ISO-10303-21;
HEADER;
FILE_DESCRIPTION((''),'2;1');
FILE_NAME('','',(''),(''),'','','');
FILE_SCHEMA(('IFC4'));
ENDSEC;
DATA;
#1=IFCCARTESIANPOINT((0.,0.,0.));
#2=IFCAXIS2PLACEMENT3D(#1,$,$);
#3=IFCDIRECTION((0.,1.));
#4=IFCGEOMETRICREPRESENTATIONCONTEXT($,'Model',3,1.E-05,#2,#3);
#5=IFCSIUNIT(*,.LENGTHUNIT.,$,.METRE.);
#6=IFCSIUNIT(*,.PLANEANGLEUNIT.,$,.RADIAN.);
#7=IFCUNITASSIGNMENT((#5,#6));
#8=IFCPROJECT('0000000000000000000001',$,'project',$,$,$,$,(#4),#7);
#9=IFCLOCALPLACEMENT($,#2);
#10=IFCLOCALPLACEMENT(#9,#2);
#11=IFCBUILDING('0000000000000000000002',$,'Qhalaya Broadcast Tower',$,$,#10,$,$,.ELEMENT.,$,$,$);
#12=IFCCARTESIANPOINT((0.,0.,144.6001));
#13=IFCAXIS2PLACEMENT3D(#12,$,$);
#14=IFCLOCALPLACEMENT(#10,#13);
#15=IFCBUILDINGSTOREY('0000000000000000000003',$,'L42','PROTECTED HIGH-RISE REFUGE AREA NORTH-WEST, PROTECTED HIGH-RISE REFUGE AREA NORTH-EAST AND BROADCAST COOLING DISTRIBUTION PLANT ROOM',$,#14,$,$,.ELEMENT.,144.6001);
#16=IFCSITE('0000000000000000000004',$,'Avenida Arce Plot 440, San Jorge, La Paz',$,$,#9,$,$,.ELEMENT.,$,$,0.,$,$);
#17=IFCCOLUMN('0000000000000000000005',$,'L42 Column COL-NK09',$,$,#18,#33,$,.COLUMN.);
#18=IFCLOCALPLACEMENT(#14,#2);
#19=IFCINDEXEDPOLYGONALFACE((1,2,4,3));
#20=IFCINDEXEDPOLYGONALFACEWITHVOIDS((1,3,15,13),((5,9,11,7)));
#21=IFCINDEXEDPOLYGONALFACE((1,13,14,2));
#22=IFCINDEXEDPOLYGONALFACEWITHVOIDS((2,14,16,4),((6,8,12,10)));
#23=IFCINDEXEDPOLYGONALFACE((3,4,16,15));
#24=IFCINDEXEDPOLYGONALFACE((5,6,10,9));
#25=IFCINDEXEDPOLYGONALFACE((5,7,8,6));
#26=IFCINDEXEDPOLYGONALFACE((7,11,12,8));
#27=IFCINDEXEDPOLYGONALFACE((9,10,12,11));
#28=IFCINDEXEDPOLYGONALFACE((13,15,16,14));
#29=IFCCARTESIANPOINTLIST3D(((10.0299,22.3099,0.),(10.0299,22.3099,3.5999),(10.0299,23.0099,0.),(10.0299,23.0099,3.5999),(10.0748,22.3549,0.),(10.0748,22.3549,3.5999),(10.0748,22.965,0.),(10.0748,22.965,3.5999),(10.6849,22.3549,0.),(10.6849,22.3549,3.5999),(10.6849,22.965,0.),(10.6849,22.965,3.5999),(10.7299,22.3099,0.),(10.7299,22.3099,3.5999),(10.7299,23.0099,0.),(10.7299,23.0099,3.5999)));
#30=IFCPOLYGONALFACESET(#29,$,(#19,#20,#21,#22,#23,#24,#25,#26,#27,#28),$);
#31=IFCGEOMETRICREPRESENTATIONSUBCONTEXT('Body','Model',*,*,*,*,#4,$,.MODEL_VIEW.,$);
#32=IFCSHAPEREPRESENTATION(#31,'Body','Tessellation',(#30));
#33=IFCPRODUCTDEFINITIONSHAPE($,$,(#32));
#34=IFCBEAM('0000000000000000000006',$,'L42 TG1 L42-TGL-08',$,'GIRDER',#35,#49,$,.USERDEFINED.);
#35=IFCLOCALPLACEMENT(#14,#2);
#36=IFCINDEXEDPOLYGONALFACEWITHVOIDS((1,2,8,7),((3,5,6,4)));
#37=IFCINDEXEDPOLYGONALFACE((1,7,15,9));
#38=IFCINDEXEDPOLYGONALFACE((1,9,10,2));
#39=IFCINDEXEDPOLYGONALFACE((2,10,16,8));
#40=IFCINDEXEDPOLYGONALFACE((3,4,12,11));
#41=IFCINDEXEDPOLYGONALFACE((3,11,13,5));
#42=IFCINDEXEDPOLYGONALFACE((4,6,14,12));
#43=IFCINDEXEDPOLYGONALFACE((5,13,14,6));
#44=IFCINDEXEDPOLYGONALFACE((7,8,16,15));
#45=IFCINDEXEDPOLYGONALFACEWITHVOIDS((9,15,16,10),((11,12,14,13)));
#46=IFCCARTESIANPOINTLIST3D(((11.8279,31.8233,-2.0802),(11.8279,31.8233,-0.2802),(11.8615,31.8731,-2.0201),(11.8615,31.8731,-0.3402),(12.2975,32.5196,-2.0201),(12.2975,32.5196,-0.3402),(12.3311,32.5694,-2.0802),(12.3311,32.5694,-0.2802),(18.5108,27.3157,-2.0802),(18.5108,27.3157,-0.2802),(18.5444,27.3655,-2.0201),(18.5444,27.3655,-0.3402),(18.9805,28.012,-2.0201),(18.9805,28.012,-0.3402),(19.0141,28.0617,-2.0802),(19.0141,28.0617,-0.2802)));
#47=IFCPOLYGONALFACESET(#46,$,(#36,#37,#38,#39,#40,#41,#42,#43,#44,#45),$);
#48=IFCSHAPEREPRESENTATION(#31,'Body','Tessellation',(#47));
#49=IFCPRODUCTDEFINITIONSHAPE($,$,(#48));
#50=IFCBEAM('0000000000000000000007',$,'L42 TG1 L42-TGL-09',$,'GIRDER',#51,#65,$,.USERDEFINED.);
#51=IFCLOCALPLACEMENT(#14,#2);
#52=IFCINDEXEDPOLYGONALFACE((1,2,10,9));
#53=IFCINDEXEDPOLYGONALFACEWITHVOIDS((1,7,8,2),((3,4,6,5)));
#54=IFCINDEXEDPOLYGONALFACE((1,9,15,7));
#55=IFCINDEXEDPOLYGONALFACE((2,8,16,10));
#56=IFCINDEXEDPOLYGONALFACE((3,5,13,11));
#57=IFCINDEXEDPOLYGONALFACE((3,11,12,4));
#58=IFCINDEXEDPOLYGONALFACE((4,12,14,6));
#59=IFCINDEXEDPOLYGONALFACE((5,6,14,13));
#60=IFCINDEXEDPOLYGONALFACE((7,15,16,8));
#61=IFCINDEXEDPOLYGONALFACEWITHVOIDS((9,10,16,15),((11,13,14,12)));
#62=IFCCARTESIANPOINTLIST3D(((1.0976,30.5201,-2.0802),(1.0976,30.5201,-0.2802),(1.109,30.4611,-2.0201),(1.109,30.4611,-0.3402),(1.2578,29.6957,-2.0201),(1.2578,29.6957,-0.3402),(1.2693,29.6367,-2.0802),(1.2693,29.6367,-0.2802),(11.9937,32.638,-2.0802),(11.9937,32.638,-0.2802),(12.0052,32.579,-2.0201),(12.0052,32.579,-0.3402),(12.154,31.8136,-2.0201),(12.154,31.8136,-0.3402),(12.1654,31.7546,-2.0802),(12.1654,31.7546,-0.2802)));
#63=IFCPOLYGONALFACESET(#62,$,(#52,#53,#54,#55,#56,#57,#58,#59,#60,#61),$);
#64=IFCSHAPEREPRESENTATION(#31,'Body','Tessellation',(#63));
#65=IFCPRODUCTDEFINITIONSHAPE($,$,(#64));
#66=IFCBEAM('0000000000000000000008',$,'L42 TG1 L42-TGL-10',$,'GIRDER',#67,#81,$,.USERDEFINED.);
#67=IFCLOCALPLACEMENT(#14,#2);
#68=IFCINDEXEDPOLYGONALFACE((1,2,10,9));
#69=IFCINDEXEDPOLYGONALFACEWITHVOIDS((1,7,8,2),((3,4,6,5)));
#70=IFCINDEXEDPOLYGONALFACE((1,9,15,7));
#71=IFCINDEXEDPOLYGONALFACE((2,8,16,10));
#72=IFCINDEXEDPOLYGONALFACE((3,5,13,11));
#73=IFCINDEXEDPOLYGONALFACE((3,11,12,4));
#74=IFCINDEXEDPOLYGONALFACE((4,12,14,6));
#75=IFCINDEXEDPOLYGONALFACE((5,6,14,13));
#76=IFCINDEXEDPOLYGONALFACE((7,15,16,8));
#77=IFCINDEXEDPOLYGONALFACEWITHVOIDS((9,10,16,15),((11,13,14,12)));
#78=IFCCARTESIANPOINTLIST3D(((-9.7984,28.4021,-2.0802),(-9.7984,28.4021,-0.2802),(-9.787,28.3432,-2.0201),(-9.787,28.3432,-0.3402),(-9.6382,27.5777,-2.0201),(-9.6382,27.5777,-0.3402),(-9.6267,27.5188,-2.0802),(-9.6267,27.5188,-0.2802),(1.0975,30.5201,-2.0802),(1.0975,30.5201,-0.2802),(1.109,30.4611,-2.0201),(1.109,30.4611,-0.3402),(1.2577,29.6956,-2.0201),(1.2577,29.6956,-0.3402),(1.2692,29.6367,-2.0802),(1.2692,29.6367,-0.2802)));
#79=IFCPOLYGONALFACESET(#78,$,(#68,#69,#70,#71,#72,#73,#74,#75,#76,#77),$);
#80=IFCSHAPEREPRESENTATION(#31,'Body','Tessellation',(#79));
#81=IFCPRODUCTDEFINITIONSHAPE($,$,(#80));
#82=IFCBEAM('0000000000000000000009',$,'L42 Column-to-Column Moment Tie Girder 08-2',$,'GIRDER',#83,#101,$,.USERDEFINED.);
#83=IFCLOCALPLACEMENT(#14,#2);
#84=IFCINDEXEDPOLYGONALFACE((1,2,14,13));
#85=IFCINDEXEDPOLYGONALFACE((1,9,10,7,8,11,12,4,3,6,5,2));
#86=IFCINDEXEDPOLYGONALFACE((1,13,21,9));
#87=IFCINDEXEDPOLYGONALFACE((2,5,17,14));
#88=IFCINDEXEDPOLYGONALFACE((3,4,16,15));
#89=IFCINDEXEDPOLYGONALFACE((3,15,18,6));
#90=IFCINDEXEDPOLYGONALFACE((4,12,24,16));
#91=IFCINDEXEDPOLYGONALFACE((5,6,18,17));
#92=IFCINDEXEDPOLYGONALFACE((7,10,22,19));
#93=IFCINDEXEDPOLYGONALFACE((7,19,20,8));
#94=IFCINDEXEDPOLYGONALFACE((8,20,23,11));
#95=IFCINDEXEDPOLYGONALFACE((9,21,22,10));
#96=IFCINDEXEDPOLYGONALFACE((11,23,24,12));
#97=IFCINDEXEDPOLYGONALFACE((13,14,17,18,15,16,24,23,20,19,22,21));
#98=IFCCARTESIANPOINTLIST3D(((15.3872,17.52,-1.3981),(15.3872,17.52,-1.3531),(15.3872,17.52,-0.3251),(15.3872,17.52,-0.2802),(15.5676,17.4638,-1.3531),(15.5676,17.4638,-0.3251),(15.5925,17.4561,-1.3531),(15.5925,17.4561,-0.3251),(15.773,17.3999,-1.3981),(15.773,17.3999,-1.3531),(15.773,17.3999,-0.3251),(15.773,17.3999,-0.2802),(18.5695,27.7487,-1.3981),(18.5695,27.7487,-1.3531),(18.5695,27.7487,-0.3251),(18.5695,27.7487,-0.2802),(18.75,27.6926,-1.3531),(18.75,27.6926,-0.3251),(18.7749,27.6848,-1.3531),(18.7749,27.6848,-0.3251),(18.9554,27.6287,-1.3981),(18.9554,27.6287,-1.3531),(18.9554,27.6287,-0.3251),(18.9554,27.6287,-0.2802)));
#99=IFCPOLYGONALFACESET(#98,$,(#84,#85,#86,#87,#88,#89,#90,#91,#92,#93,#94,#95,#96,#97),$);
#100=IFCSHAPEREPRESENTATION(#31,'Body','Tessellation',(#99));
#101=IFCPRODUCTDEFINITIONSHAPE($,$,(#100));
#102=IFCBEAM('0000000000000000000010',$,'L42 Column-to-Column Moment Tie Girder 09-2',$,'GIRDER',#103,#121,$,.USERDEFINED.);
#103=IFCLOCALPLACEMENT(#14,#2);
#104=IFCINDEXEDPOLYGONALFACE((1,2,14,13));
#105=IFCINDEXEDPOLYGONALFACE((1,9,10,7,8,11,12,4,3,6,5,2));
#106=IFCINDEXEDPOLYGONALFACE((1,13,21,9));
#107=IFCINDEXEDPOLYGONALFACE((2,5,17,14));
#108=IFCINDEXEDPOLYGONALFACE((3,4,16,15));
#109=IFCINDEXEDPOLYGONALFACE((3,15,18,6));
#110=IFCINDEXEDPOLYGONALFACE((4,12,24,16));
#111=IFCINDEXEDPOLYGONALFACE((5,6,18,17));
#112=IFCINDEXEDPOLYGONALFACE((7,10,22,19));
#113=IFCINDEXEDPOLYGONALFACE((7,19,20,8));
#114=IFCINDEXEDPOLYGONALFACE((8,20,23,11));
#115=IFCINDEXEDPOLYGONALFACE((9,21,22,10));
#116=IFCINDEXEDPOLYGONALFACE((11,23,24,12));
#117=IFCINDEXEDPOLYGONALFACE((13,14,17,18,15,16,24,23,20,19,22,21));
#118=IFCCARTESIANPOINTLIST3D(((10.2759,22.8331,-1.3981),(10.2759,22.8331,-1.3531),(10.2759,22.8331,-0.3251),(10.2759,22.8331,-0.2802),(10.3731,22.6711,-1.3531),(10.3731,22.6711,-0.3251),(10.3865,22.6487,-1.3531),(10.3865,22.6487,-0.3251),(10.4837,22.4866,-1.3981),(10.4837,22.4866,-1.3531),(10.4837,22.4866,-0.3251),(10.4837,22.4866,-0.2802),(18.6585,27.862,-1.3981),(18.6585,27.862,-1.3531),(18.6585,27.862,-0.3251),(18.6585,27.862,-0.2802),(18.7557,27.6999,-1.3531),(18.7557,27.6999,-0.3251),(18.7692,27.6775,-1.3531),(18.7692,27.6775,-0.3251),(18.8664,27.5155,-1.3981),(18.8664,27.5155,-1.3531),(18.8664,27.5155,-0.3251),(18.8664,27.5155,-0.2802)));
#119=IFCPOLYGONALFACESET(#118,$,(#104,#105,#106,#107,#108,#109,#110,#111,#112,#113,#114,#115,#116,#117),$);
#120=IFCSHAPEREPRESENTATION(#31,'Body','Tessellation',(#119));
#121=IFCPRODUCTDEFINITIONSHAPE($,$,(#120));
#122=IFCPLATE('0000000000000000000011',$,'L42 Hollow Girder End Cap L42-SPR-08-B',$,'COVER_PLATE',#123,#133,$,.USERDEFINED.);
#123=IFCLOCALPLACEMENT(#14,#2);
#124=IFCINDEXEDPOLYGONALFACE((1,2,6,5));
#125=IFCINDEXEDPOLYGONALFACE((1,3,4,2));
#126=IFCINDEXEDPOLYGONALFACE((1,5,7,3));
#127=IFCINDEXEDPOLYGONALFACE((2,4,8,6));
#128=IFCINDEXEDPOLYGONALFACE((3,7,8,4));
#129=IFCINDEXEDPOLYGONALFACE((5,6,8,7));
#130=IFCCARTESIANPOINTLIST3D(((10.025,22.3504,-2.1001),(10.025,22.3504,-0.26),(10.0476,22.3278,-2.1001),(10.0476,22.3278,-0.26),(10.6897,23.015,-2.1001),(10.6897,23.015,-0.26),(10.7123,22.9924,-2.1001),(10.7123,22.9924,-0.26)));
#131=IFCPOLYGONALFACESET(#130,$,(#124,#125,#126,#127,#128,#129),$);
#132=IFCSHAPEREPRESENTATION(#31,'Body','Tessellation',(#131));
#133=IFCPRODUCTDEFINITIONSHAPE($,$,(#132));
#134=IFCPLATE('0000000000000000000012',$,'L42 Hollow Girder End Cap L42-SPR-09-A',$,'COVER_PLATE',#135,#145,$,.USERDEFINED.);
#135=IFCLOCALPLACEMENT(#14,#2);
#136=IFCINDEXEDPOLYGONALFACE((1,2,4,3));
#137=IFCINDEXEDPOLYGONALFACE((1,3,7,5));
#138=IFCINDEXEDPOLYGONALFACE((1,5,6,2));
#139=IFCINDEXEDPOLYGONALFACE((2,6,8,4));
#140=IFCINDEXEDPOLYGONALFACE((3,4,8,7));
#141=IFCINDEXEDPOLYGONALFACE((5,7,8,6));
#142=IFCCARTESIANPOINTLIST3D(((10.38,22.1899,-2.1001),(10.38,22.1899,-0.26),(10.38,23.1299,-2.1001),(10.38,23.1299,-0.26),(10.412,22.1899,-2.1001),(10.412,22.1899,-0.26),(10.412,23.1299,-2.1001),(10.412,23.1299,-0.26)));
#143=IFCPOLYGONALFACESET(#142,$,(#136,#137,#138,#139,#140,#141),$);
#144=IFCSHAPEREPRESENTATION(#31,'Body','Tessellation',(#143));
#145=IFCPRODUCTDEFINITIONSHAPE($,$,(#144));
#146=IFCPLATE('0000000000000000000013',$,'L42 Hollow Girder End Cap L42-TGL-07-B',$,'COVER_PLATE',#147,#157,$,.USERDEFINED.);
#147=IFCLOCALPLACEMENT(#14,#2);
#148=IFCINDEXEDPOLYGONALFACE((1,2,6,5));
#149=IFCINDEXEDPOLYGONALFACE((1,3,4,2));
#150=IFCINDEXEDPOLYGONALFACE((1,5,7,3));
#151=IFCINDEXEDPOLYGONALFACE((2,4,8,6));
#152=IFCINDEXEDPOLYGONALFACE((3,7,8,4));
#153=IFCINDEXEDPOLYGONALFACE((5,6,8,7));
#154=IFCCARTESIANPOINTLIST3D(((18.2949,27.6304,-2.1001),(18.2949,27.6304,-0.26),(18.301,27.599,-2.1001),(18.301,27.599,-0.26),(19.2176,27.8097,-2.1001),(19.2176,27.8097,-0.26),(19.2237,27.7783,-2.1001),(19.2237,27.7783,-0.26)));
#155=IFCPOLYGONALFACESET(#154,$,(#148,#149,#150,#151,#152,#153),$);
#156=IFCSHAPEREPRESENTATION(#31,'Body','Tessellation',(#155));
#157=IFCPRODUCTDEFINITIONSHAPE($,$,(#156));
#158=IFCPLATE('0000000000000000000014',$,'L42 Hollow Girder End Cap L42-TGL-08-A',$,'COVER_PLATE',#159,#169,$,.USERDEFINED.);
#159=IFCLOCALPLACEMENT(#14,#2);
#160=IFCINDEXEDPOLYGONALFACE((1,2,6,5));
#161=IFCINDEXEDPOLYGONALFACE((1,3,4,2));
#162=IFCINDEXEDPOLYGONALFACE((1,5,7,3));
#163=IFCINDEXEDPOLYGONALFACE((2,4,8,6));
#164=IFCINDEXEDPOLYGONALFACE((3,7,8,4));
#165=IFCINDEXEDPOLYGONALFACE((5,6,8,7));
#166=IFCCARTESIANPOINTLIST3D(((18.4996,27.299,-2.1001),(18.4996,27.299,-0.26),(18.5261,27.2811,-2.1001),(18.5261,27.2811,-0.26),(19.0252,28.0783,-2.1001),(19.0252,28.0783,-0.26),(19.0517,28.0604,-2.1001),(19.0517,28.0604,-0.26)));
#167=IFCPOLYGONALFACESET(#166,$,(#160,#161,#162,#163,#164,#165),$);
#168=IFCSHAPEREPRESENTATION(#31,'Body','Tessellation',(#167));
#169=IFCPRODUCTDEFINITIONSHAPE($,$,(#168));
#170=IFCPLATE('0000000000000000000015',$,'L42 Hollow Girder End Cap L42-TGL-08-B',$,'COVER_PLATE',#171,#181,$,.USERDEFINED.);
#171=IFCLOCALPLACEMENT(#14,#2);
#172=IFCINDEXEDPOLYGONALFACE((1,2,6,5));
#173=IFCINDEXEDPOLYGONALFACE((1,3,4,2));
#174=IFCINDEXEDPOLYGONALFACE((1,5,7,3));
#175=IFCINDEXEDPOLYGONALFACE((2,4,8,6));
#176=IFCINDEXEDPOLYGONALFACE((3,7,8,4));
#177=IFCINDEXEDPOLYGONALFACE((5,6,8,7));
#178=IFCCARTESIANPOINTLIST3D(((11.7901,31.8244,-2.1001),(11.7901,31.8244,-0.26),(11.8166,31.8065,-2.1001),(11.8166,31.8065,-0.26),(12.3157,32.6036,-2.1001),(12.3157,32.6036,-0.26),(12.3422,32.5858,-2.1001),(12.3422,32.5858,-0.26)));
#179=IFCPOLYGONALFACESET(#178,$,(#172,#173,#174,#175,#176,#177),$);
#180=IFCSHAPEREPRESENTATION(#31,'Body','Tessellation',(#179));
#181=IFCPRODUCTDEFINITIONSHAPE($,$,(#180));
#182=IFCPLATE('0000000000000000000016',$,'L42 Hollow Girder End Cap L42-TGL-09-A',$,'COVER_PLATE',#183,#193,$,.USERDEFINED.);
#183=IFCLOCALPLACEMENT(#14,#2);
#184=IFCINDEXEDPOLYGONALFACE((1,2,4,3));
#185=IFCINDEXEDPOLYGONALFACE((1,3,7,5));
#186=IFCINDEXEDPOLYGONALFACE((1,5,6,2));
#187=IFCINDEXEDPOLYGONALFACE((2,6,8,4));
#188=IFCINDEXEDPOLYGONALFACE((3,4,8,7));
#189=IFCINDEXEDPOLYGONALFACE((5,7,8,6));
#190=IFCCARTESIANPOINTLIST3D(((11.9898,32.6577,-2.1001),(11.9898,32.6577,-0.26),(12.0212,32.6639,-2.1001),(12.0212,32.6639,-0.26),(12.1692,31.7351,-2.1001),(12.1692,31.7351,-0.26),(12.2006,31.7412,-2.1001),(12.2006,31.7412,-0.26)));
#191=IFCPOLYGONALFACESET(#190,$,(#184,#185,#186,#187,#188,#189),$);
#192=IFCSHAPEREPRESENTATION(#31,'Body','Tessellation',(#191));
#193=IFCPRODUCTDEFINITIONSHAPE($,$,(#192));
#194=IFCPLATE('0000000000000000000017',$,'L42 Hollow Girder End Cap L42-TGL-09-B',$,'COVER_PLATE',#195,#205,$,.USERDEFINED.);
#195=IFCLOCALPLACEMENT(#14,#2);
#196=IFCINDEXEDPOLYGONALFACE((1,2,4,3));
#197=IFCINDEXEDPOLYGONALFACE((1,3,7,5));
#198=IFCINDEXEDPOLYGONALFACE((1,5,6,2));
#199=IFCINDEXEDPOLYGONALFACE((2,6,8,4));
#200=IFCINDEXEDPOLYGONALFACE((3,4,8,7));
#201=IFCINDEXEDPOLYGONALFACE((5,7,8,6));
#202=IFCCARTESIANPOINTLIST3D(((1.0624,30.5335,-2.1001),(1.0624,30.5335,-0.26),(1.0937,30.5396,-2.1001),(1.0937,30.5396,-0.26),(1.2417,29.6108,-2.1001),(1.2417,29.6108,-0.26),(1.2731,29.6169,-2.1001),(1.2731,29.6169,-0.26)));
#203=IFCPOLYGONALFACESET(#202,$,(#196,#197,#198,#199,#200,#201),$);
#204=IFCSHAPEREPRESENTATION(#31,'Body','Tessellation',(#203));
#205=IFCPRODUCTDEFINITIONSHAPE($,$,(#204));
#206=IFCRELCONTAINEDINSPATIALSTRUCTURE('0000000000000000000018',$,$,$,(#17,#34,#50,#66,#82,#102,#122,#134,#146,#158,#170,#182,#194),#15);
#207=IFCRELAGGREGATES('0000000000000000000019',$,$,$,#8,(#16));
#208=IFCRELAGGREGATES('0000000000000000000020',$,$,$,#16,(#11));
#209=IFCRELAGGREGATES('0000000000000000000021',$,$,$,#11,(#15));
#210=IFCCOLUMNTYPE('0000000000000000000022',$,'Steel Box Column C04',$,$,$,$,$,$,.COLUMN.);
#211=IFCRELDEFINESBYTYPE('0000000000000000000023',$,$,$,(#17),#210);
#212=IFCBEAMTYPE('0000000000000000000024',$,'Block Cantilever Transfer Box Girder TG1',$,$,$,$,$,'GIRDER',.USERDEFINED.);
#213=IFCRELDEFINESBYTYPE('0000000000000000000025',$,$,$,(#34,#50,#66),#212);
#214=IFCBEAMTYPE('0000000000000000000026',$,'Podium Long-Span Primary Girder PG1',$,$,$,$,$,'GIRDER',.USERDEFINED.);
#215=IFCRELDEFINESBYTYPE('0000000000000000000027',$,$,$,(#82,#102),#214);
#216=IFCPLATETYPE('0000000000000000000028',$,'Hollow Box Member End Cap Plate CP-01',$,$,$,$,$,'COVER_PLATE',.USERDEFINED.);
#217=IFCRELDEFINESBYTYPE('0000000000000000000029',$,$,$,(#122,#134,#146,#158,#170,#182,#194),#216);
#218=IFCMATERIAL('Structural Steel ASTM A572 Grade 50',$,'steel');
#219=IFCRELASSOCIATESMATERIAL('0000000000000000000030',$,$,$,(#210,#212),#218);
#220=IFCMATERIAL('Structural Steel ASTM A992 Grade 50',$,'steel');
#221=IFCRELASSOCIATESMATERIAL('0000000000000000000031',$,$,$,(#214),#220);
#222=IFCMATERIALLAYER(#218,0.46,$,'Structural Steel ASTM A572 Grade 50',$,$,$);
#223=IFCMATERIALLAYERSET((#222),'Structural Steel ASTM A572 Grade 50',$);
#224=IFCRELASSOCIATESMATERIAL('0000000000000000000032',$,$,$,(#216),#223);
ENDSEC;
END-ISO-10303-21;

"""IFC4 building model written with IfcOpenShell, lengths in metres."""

from ifc_helpers import new_model, si_unit, direction, frame, origin, origin_2d, place, context, subcontext, project, spatial, rectangle, hollow_rectangle, i_section, extrude, material, layer, layer_set, material_profile, profile_set, type_object, element, save


model = new_model("IFC4")

# Units and contexts
model_context = context("Model", 3, precision=1e-05, world=origin(), true_north=direction((0.0, 1.0)))
body_context = subcontext(model_context, "Body", "Model", "MODEL_VIEW")
ifc_project = project(units=[si_unit("LENGTHUNIT", "METRE"), si_unit("PLANEANGLEUNIT", "RADIAN")], contexts=[model_context])

# Site, building, storey
site_placement = place(None, origin())
site = spatial("IfcSite", under=ifc_project, at=site_placement, Name="Avenida Arce Plot 440, San Jorge, La Paz", CompositionType="ELEMENT", RefElevation=0.0)
building_placement = place(site_placement, origin())
building = spatial("IfcBuilding", under=site, at=building_placement, Name="Qhalaya Broadcast Tower", CompositionType="ELEMENT")
storey_placement = place(building_placement, frame((0.0, 0.0, 144.6001)))
storey = spatial("IfcBuildingStorey", under=building, at=storey_placement, Name="L42", Description="PROTECTED HIGH-RISE REFUGE AREA NORTH-WEST, PROTECTED HIGH-RISE REFUGE AREA NORTH-EAST AND BROADCAST COOLING DISTRIBUTION PLANT ROOM", CompositionType="ELEMENT", Elevation=144.6001)

# Column
ifc_material_1 = material(Name="Structural Steel ASTM A572 Grade 50", Category="steel")
ifc_material_profile_1 = material_profile(ifc_material_1, hollow_rectangle(XDim=0.7, YDim=0.7, WallThickness=0.0449, at=origin_2d()), Name="BOX 700x700x45")
ifc_profile_set_1 = profile_set([ifc_material_profile_1], Name="Structural Steel ASTM A572 Grade 50")
column_type = type_object("IfcColumnType", Name="Steel Box Column C04", PredefinedType="COLUMN", material=ifc_profile_set_1)
column_placement = place(storey_placement, frame((10.3799, 22.6599, 0.0), z_axis=(0.0, 0.0, 1.0), x_axis=(1.0, 0.0, 0.0)))
element("IfcColumn", 1, at=column_placement, inside=storey, type_object=column_type, Name="L42 Column COL-NK09", PredefinedType="COLUMN", context=body_context, shape_type="SweptSolid", body=[
    extrude(hollow_rectangle(XDim=0.7, YDim=0.7, WallThickness=0.0449, at=origin_2d()), origin(), (0.0, 0.0, 1.0), 3.5999),
])

# Beams
ifc_material_profile_2 = material_profile(ifc_material_1, hollow_rectangle(XDim=0.8999, YDim=1.8, WallThickness=0.0601, at=origin_2d()), Name="BOX 900x1800x60")
ifc_profile_set_2 = profile_set([ifc_material_profile_2], Name="Structural Steel ASTM A572 Grade 50")
beam_type_1 = type_object("IfcBeamType", Name="Block Cantilever Transfer Box Girder TG1", ElementType="GIRDER", PredefinedType="USERDEFINED", material=ifc_profile_set_2)
beam_1_placement = place(storey_placement, frame((18.7625, 27.6887, -1.1802), z_axis=(-0.829042, 0.559186, 0.0), x_axis=(-0.559186, -0.829042, 0.0)))
element("IfcBeam", 2, at=beam_1_placement, inside=storey, type_object=beam_type_1, Name="L42 TG1 L42-TGL-08", ObjectType="GIRDER", PredefinedType="USERDEFINED", context=body_context, shape_type="SweptSolid", body=[
    extrude(hollow_rectangle(XDim=0.8999, YDim=1.8, WallThickness=0.0601, at=origin_2d()), origin(), (0.0, 0.0, 1.0), 8.061),
])
beam_2_placement = place(storey_placement, frame((12.0796, 32.1963, -1.1802), z_axis=(-0.981629, -0.190801, 0.0), x_axis=(0.190801, -0.981629, 0.0)))
element("IfcBeam", 3, at=beam_2_placement, inside=storey, type_object=beam_type_1, Name="L42 TG1 L42-TGL-09", ObjectType="GIRDER", PredefinedType="USERDEFINED", context=body_context, shape_type="SweptSolid", body=[
    extrude(hollow_rectangle(XDim=0.8999, YDim=1.8, WallThickness=0.0601, at=origin_2d()), origin(), (0.0, 0.0, 1.0), 11.1001),
])
beam_3_placement = place(storey_placement, frame((1.1833, 30.0784, -1.1802), z_axis=(-0.981628, -0.190805, 0.0), x_axis=(0.190805, -0.981628, 0.0)))
element("IfcBeam", 4, at=beam_3_placement, inside=storey, type_object=beam_type_1, Name="L42 TG1 L42-TGL-10", ObjectType="GIRDER", PredefinedType="USERDEFINED", context=body_context, shape_type="SweptSolid", body=[
    extrude(hollow_rectangle(XDim=0.8999, YDim=1.8, WallThickness=0.0601, at=origin_2d()), origin(), (0.0, 0.0, 1.0), 11.0999),
])
ifc_material_2 = material(Name="Structural Steel ASTM A992 Grade 50", Category="steel")
ifc_material_profile_3 = material_profile(ifc_material_2, i_section(OverallWidth=0.4041, OverallDepth=1.1179, WebThickness=0.0261, FlangeThickness=0.0449, at=origin_2d()), Name="W44X335")
ifc_profile_set_3 = profile_set([ifc_material_profile_3], Name="Structural Steel ASTM A992 Grade 50")
beam_type_2 = type_object("IfcBeamType", Name="Podium Long-Span Primary Girder PG1", ElementType="GIRDER", PredefinedType="USERDEFINED", material=ifc_profile_set_3)
beam_4_placement = place(storey_placement, frame((18.7625, 27.6887, -0.8391), z_axis=(-0.297074, -0.954854, 0.0), x_axis=(0.954854, -0.297074, 0.0)))
element("IfcBeam", 5, at=beam_4_placement, inside=storey, type_object=beam_type_2, Name="L42 Column-to-Column Moment Tie Girder 08-2", ObjectType="GIRDER", PredefinedType="USERDEFINED", context=body_context, shape_type="SweptSolid", body=[
    extrude(i_section(OverallWidth=0.4041, OverallDepth=1.1179, WebThickness=0.0261, FlangeThickness=0.0449, at=origin_2d()), origin(), (0.0, 0.0, 1.0), 10.7124),
])
beam_5_placement = place(storey_placement, frame((18.7625, 27.6887, -0.8391), z_axis=(-0.857526, -0.514441, 0.0), x_axis=(0.514441, -0.857526, 0.0)))
element("IfcBeam", 6, at=beam_5_placement, inside=storey, type_object=beam_type_2, Name="L42 Column-to-Column Moment Tie Girder 09-2", ObjectType="GIRDER", PredefinedType="USERDEFINED", context=body_context, shape_type="SweptSolid", body=[
    extrude(i_section(OverallWidth=0.4041, OverallDepth=1.1179, WebThickness=0.0261, FlangeThickness=0.0449, at=origin_2d()), origin(), (0.0, 0.0, 1.0), 9.7754),
])

# Plates
ifc_layer_1 = layer(ifc_material_1, 0.46, Name="Structural Steel ASTM A572 Grade 50")
ifc_layer_set_1 = layer_set([ifc_layer_1], Name="Structural Steel ASTM A572 Grade 50")
plate_type_1 = type_object("IfcPlateType", Name="Hollow Box Member End Cap Plate CP-01", ElementType="COVER_PLATE", PredefinedType="USERDEFINED", material=ifc_layer_set_1)
for number, where, z_axis, x_axis, name in (
    (7, (10.3687, 22.6714, -2.1001), (0.0, 0.0, 1.0), (-0.707107, -0.707107, 0.0), "L42 Hollow Girder End Cap L42-SPR-08-B"),
    (8, (10.396, 22.6599, -2.1001), (0.0, 0.0, 1.0), (0.0, -1.0, 0.0), "L42 Hollow Girder End Cap L42-SPR-09-A"),
    (9, (18.7593, 27.7043, -2.1001), (0.0, 0.0, 1.0), (-0.981627, -0.190809, 0.0), "L42 Hollow Girder End Cap L42-TGL-07-B"),
    (10, (18.7756, 27.6797, -2.1001), (0.0, 0.0, 1.0), (-0.559193, -0.829038, 0.0), "L42 Hollow Girder End Cap L42-TGL-08-A"),
    (11, (12.0662, 32.2051, -2.1001), (0.0, 0.0, 1.0), (-0.559193, -0.829038, 0.0), "L42 Hollow Girder End Cap L42-TGL-08-B"),
    (12, (12.0952, 32.1995, -2.1001), (0.0, 0.0, 1.0), (0.190809, -0.981627, 0.0), "L42 Hollow Girder End Cap L42-TGL-09-A"),
    (13, (1.1677, 30.0752, -2.1001), (0.0, 0.0, 1.0), (0.190809, -0.981627, 0.0), "L42 Hollow Girder End Cap L42-TGL-09-B"),
):
    element("IfcPlate", number, at=place(storey_placement, frame(where, z_axis=z_axis, x_axis=x_axis)), inside=storey, type_object=plate_type_1, Name=name, ObjectType="COVER_PLATE", PredefinedType="USERDEFINED", context=body_context, shape_type="SweptSolid", body=[
        extrude(rectangle(XDim=0.9399, YDim=0.032, at=origin_2d()), origin(), (0.0, 0.0, 1.0), 1.8401),
    ])

save(model, "model.ifc")
